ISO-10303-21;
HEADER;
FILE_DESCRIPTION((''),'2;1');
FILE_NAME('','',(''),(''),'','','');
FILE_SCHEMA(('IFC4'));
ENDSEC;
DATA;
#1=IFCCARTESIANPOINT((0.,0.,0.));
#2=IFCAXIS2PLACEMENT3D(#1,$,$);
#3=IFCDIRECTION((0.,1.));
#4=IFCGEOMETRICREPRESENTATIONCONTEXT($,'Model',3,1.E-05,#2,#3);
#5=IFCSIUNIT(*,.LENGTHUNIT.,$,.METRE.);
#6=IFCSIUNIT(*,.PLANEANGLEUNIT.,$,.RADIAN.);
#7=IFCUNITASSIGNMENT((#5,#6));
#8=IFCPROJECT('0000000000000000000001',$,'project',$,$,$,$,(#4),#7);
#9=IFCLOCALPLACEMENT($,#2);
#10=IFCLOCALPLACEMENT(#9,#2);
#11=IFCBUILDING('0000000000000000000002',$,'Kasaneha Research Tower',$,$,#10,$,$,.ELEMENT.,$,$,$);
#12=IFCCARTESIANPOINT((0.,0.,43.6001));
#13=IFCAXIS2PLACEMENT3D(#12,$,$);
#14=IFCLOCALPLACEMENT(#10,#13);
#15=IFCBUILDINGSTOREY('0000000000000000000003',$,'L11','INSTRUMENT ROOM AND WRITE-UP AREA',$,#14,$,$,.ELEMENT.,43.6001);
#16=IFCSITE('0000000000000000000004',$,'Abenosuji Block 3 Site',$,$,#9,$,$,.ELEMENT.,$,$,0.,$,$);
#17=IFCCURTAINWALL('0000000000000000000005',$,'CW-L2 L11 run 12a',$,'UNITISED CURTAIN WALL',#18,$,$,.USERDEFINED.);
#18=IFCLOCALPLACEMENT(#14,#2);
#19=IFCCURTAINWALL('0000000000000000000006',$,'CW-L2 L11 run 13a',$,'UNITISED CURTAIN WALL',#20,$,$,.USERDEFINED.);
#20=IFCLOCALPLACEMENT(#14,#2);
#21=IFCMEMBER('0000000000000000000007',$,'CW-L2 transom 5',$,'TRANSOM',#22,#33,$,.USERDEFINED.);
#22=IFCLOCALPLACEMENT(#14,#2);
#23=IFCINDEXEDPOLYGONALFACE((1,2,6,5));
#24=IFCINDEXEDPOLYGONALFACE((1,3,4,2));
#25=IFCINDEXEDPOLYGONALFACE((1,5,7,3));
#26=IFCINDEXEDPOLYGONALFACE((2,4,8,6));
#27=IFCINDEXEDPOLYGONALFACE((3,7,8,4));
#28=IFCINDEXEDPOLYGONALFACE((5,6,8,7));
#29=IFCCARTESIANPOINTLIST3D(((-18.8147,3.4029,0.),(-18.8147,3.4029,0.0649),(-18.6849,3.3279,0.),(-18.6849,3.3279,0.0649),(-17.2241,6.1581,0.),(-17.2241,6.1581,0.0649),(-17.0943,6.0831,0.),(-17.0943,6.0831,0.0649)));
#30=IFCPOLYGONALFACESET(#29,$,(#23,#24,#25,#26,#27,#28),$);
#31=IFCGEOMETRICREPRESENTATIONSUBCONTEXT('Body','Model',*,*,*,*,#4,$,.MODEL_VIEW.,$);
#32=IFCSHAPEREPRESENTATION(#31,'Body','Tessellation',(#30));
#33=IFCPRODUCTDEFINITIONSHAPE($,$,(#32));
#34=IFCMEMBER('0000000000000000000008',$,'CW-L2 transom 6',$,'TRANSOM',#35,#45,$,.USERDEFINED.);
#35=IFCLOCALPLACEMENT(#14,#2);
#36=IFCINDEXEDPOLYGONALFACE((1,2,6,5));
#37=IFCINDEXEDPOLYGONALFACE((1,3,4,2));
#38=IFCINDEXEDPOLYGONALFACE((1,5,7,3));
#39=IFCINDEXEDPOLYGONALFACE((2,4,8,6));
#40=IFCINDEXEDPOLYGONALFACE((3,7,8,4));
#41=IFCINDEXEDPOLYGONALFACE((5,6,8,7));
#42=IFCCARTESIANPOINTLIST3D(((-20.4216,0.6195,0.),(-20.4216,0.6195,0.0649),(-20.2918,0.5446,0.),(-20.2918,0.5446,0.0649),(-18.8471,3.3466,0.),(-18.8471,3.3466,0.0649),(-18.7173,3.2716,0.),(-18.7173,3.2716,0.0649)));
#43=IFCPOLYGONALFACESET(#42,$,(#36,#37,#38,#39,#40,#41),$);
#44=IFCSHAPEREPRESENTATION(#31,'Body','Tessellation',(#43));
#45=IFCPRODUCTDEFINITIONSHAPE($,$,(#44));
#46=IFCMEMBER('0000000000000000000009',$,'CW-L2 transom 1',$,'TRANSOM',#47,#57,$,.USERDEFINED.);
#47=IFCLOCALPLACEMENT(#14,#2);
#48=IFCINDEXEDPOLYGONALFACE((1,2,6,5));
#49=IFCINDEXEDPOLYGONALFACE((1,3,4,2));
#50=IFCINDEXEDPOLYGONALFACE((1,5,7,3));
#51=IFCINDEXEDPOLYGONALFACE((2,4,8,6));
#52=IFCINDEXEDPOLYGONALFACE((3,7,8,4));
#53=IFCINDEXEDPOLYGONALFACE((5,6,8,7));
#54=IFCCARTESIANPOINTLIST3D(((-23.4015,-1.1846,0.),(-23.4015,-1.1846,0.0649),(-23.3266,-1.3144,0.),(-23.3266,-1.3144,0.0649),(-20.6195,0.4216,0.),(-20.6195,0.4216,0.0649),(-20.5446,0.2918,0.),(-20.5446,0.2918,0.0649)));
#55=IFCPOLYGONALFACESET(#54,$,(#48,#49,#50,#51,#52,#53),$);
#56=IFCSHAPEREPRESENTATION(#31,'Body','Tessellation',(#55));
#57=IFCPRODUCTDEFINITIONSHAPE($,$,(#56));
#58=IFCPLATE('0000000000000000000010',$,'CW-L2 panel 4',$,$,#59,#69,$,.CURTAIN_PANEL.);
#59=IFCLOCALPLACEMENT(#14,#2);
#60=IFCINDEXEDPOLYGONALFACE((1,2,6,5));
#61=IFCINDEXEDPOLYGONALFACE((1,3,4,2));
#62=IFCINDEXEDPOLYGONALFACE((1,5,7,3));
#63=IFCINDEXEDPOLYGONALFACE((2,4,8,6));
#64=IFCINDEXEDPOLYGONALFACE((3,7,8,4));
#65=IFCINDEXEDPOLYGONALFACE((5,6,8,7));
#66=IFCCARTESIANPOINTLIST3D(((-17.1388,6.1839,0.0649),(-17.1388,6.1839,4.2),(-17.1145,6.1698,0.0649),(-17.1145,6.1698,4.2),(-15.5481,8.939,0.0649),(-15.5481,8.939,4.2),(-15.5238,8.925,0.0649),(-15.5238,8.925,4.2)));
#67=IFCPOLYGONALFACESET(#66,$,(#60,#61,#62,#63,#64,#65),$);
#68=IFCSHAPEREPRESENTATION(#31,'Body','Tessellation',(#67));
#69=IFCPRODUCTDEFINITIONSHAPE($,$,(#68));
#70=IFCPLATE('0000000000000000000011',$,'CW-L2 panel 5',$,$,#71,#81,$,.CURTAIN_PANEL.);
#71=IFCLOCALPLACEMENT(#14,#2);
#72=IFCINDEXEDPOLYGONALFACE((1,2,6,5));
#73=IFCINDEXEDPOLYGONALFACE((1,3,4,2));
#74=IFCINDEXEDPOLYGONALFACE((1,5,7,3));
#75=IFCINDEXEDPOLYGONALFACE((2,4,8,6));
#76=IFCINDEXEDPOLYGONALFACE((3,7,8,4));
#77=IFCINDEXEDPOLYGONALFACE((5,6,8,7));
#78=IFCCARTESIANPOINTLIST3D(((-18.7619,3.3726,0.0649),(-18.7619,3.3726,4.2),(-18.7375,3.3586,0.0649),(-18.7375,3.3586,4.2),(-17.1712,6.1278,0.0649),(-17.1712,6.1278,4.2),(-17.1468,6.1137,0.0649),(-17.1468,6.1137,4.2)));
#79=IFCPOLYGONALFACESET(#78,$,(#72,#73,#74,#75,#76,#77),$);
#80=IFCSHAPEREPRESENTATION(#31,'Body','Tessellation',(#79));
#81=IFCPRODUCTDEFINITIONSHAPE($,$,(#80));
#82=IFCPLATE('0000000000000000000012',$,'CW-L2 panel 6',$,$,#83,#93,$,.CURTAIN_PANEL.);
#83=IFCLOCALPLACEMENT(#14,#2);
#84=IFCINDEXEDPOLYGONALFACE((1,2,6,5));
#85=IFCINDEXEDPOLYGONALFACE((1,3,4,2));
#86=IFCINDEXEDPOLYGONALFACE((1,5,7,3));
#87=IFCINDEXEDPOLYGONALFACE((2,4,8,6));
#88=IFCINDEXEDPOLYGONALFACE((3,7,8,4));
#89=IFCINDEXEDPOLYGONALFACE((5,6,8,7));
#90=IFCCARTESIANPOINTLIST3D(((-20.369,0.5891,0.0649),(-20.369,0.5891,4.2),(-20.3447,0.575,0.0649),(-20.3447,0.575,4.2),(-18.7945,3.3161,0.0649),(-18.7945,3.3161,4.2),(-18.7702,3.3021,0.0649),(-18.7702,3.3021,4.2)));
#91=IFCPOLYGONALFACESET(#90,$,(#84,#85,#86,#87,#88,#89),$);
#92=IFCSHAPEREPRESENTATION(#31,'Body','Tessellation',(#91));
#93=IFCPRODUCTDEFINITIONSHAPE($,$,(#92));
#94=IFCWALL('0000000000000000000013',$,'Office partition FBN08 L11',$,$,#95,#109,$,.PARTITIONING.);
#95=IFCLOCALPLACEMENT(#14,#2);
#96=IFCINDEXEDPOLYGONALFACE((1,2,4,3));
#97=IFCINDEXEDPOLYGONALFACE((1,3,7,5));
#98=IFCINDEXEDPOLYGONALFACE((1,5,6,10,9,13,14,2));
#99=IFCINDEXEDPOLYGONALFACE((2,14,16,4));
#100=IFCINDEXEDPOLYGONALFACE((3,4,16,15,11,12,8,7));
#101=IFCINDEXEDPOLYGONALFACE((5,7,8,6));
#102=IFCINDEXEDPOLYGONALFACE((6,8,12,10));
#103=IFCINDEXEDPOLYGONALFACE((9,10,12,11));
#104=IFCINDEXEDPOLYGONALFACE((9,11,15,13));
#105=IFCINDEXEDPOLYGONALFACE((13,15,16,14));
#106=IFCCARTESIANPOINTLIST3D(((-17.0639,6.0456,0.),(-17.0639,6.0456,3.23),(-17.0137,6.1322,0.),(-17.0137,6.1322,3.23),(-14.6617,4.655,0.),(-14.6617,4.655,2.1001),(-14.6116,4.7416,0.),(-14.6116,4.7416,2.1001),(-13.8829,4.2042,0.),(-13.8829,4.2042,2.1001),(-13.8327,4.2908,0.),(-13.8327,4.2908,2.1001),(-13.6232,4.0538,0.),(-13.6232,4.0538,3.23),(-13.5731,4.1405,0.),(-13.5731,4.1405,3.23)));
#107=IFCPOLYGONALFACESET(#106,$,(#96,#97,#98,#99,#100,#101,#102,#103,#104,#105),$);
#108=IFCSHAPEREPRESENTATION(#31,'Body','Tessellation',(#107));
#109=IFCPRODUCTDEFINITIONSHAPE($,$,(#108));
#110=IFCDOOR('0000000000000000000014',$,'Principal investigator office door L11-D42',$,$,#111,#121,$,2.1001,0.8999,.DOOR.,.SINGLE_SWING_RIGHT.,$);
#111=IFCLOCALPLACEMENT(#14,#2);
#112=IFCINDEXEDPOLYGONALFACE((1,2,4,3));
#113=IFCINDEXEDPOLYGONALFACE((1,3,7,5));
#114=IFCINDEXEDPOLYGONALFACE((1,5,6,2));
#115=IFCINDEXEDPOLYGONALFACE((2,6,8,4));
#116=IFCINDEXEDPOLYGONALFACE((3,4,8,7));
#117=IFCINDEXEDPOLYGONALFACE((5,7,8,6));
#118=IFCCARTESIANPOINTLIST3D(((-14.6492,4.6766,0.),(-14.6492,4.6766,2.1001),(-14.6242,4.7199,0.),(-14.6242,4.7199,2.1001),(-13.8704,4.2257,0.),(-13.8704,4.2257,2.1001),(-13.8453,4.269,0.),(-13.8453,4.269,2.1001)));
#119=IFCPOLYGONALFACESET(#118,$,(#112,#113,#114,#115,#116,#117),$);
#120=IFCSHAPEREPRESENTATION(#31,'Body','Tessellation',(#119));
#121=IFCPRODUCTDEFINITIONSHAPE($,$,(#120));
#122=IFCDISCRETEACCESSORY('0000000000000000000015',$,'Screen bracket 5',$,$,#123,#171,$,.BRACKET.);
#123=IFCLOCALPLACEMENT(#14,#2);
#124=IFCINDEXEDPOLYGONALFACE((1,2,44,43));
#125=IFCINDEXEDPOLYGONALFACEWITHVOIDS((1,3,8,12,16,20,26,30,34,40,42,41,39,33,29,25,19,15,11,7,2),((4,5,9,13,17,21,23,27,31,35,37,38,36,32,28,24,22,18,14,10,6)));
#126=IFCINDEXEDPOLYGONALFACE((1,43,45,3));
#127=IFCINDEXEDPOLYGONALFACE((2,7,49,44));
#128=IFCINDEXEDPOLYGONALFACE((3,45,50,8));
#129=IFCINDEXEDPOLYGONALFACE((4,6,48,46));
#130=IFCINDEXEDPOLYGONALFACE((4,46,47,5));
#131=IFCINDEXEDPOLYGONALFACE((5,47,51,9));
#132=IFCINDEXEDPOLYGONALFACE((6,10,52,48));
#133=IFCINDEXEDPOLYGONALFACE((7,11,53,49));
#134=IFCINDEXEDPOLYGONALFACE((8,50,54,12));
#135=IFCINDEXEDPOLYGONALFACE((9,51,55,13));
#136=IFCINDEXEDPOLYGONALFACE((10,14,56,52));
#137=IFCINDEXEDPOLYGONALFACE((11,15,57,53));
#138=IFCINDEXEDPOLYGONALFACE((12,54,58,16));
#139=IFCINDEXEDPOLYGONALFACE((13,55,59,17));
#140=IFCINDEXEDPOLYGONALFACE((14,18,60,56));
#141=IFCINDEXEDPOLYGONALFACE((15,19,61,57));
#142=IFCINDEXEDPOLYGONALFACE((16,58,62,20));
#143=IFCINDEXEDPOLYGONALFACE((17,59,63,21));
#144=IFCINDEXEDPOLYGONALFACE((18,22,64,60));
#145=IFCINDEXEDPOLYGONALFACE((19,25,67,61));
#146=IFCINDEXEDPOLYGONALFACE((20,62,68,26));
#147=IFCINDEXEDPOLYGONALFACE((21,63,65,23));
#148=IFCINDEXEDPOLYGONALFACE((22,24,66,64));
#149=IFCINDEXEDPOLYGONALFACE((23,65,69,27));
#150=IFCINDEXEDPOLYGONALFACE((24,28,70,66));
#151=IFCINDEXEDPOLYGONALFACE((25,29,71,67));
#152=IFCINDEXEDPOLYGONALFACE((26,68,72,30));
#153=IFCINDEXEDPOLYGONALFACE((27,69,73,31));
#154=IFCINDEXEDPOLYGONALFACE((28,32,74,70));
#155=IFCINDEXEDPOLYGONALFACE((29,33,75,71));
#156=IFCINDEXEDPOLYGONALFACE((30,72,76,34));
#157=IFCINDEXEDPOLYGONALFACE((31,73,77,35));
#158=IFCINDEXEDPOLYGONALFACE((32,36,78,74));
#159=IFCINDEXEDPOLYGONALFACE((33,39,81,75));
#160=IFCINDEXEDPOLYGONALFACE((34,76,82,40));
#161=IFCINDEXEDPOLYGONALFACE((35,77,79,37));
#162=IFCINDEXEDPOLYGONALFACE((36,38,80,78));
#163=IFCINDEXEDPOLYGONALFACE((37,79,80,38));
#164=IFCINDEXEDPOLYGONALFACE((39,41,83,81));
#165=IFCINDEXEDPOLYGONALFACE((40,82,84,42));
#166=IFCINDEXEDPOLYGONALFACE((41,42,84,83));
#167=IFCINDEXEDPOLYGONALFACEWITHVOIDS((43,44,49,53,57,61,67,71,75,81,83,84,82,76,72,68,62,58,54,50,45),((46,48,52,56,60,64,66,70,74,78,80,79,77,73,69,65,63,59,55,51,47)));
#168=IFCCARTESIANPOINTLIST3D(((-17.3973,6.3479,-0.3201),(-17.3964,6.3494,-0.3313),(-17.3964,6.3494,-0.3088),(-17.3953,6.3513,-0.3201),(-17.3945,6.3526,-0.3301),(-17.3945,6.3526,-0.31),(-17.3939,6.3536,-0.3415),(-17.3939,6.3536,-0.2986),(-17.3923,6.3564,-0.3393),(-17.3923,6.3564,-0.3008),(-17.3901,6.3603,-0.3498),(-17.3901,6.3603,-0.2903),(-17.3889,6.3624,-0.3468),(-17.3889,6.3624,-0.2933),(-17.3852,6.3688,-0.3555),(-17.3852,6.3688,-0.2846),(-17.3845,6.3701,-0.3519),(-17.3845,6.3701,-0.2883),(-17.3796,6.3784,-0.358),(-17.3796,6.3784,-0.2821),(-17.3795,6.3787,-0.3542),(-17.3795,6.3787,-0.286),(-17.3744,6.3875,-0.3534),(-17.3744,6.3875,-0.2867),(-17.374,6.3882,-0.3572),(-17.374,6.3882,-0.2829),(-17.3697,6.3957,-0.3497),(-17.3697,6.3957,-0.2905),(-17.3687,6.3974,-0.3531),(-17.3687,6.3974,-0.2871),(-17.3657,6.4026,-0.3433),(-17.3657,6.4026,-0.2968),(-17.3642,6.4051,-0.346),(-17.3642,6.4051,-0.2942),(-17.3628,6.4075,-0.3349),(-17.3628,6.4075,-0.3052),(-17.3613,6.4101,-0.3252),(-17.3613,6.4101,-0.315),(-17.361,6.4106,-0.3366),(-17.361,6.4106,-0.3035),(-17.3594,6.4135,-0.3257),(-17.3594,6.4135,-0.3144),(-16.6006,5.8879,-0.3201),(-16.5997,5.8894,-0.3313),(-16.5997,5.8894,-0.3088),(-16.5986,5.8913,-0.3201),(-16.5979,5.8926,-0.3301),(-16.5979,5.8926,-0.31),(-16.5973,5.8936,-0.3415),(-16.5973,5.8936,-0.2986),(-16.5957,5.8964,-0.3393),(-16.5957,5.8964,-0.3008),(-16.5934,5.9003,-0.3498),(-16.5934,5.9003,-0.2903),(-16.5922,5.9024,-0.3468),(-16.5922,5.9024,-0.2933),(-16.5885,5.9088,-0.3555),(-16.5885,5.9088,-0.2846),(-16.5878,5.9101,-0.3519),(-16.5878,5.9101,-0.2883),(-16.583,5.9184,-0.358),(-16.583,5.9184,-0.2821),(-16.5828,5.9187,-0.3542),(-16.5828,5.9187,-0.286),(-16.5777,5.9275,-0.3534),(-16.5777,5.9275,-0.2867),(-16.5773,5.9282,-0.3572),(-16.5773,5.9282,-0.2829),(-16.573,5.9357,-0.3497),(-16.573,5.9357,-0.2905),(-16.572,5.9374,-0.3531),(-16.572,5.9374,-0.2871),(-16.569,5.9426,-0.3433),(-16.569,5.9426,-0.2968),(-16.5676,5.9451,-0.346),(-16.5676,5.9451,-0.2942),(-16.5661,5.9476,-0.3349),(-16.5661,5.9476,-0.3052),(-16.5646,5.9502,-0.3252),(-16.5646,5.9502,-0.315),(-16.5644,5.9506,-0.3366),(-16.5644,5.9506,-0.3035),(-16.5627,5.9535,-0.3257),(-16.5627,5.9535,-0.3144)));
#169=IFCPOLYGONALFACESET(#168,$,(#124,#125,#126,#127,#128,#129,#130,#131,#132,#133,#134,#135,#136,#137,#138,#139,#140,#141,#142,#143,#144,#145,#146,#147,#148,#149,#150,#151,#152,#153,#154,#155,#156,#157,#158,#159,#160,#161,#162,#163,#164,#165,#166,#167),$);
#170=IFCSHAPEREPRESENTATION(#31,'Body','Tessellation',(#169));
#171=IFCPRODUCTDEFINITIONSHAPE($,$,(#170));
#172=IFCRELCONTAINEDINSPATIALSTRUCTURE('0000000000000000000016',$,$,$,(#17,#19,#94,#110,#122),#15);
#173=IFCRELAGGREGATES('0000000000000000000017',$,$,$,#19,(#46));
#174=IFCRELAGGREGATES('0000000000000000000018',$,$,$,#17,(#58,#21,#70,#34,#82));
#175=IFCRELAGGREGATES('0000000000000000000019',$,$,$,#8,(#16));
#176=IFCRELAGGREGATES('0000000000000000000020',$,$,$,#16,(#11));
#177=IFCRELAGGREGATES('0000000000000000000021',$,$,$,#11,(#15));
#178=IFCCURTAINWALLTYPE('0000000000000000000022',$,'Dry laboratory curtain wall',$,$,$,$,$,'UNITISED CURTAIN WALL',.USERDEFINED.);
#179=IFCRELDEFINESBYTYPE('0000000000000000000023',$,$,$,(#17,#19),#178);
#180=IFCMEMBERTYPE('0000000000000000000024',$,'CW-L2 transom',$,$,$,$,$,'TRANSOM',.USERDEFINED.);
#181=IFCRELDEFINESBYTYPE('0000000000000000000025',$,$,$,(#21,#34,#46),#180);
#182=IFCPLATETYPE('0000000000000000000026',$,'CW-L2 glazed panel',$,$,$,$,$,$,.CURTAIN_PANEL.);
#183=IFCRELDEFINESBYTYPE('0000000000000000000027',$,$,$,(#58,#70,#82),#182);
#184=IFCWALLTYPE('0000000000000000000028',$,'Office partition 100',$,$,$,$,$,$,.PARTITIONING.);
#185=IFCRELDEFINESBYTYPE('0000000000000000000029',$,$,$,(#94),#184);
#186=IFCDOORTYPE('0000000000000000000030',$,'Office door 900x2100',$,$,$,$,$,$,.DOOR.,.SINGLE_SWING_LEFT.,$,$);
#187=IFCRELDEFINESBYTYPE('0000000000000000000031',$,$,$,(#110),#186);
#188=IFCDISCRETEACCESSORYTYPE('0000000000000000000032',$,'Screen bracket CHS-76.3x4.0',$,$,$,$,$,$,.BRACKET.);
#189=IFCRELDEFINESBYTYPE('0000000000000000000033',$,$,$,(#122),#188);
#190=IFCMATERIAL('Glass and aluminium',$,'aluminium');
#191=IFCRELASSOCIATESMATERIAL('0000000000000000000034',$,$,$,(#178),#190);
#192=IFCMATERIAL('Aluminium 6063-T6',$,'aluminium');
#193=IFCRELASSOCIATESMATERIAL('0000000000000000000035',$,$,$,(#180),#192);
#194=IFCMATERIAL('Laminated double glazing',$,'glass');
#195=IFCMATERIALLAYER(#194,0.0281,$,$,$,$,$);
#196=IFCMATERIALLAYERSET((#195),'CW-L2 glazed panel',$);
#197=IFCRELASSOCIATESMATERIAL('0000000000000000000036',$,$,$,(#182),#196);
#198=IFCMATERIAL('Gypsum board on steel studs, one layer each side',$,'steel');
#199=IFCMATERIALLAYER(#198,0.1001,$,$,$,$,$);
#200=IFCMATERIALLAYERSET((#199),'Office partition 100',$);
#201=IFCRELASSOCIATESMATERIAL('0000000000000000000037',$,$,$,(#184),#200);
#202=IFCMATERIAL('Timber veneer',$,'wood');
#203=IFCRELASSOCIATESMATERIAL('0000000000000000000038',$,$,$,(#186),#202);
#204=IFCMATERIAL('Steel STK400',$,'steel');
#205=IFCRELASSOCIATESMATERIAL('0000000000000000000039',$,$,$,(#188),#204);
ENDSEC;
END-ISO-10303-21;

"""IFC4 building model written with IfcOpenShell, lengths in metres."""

from ifc_helpers import new_model, si_unit, direction, frame, frame_2d, origin, origin_2d, place, context, subcontext, project, spatial, rectangle, hollow_circle, extrude, material, layer, layer_set, material_profile, profile_set, type_object, element, fill, aggregate, save


model = new_model("IFC4")

# Units and contexts
model_context = context("Model", 3, precision=1e-05, world=origin(), true_north=direction((0.0, 1.0)))
body_context = subcontext(model_context, "Body", "Model", "MODEL_VIEW")
ifc_project = project(units=[si_unit("LENGTHUNIT", "METRE"), si_unit("PLANEANGLEUNIT", "RADIAN")], contexts=[model_context])

# Site, building, storey
site_placement = place(None, origin())
site = spatial("IfcSite", under=ifc_project, at=site_placement, Name="Abenosuji Block 3 Site", CompositionType="ELEMENT", RefElevation=0.0)
building_placement = place(site_placement, origin())
building = spatial("IfcBuilding", under=site, at=building_placement, Name="Kasaneha Research Tower", CompositionType="ELEMENT")
storey_placement = place(building_placement, frame((0.0, 0.0, 43.6001)))
storey = spatial("IfcBuildingStorey", under=building, at=storey_placement, Name="L11", Description="INSTRUMENT ROOM AND WRITE-UP AREA", CompositionType="ELEMENT", Elevation=43.6001)

# Curtain wall
ifc_material_1 = material(Name="Glass and aluminium", Category="aluminium")
curtain_wall_type = type_object("IfcCurtainWallType", Name="Dry laboratory curtain wall", ElementType="UNITISED CURTAIN WALL", PredefinedType="USERDEFINED", material=ifc_material_1)
curtain_wall_1_placement = place(storey_placement, origin())
curtain_wall_1 = element("IfcCurtainWall", 1, at=curtain_wall_1_placement, inside=storey, type_object=curtain_wall_type, Name="CW-L2 L11 run 12a", ObjectType="UNITISED CURTAIN WALL", PredefinedType="USERDEFINED")

# Curtain wall
curtain_wall_2_placement = place(storey_placement, origin())
curtain_wall_2 = element("IfcCurtainWall", 2, at=curtain_wall_2_placement, inside=storey, type_object=curtain_wall_type, Name="CW-L2 L11 run 13a", ObjectType="UNITISED CURTAIN WALL", PredefinedType="USERDEFINED")

# Members
ifc_material_2 = material(Name="Aluminium 6063-T6", Category="aluminium")
ifc_material_profile_1 = material_profile(ifc_material_2, rectangle(XDim=0.1499, YDim=0.0649, at=origin_2d()), Name="CW-L2 transom 150x65")
ifc_profile_set_1 = profile_set([ifc_material_profile_1], Name="Aluminium 6063-T6")
member_type_1 = type_object("IfcMemberType", Name="CW-L2 transom", ElementType="TRANSOM", PredefinedType="USERDEFINED", material=ifc_profile_set_1)
member_1_placement = place(storey_placement, frame((-17.1592, 6.1206, 0.0325), z_axis=(-0.499977, -0.866039, 0.0), x_axis=(0.866039, -0.499977, 0.0)))
member_1 = element("IfcMember", 3, at=member_1_placement, type_object=member_type_1, Name="CW-L2 transom 5", ObjectType="TRANSOM", PredefinedType="USERDEFINED", context=body_context, shape_type="SweptSolid", body=[
    extrude(rectangle(XDim=0.1499, YDim=0.0649, at=origin_2d()), origin(), (0.0, 0.0, 1.0), 3.1814),
])
member_2_placement = place(storey_placement, frame((-18.7822, 3.3091, 0.0325), z_axis=(-0.5, -0.866025, 0.0), x_axis=(0.866025, -0.5, 0.0)))
member_2 = element("IfcMember", 4, at=member_2_placement, type_object=member_type_1, Name="CW-L2 transom 6", ObjectType="TRANSOM", PredefinedType="USERDEFINED", context=body_context, shape_type="SweptSolid", body=[
    extrude(rectangle(XDim=0.1499, YDim=0.0649, at=origin_2d()), origin(), (0.0, 0.0, 1.0), 3.1489),
])
member_3_placement = place(storey_placement, frame((-20.582, 0.3567, 0.0325), z_axis=(-0.866022, -0.500005, 0.0), x_axis=(0.500005, -0.866022, 0.0)))
member_3 = element("IfcMember", 5, at=member_3_placement, type_object=member_type_1, Name="CW-L2 transom 1", ObjectType="TRANSOM", PredefinedType="USERDEFINED", context=body_context, shape_type="SweptSolid", body=[
    extrude(rectangle(XDim=0.1499, YDim=0.0649, at=origin_2d()), origin(), (0.0, 0.0, 1.0), 3.2124),
])
aggregate(curtain_wall_2, [member_3])

# Plates
ifc_material_3 = material(Name="Laminated double glazing", Category="glass")
ifc_layer_1 = layer(ifc_material_3, 0.0281)
ifc_layer_set_1 = layer_set([ifc_layer_1], Name="CW-L2 glazed panel")
plate_type = type_object("IfcPlateType", Name="CW-L2 glazed panel", PredefinedType="CURTAIN_PANEL", material=ifc_layer_set_1)
plate_1_placement = place(storey_placement, frame((-16.3313, 7.5544, 0.0649), z_axis=(0.0, 0.0, 1.0), x_axis=(-0.5, -0.866025, 0.0)))
plate_1 = element("IfcPlate", 6, at=plate_1_placement, type_object=plate_type, Name="CW-L2 panel 4", PredefinedType="CURTAIN_PANEL", context=body_context, shape_type="SweptSolid", body=[
    extrude(rectangle(XDim=3.1814, YDim=0.0281, at=origin_2d()), origin(), (0.0, 0.0, 1.0), 4.135),
])
plate_2_placement = place(storey_placement, frame((-17.9543, 4.7432, 0.0649), z_axis=(0.0, 0.0, 1.0), x_axis=(-0.5, -0.866025, 0.0)))
plate_2 = element("IfcPlate", 7, at=plate_2_placement, type_object=plate_type, Name="CW-L2 panel 5", PredefinedType="CURTAIN_PANEL", context=body_context, shape_type="SweptSolid", body=[
    extrude(rectangle(XDim=3.1814, YDim=0.0281, at=origin_2d()), origin(), (0.0, 0.0, 1.0), 4.135),
])
plate_3_placement = place(storey_placement, frame((-19.5696, 1.9456, 0.0649), z_axis=(0.0, 0.0, 1.0), x_axis=(-0.5, -0.866025, 0.0)))
plate_3 = element("IfcPlate", 8, at=plate_3_placement, type_object=plate_type, Name="CW-L2 panel 6", PredefinedType="CURTAIN_PANEL", context=body_context, shape_type="SweptSolid", body=[
    extrude(rectangle(XDim=3.1489, YDim=0.0281, at=origin_2d()), origin(), (0.0, 0.0, 1.0), 4.135),
])
aggregate(curtain_wall_1, [plate_1, member_1, plate_2, member_2, plate_3])

# Wall, opening, door
ifc_material_4 = material(Name="Gypsum board on steel studs, one layer each side", Category="steel")
ifc_layer_2 = layer(ifc_material_4, 0.1001)
ifc_layer_set_2 = layer_set([ifc_layer_2], Name="Office partition 100")
wall_type = type_object("IfcWallType", Name="Office partition 100", PredefinedType="PARTITIONING", material=ifc_layer_set_2)
wall_placement = place(storey_placement, frame((-17.0388, 6.0889, 0.0), z_axis=(0.0, 0.0, 1.0), x_axis=(0.865456, -0.500985, 0.0)))
wall = element("IfcWall", 9, at=wall_placement, inside=storey, type_object=wall_type, Name="Office partition FBN08 L11", PredefinedType="PARTITIONING", context=body_context, shape_type="SweptSolid", body=[
    extrude(rectangle(XDim=3.9756, YDim=0.1001, at=frame_2d((1.9878, 0.0))), origin(), (0.0, 0.0, 1.0), 3.23),
])
opening_placement = place(wall_placement, frame((2.7756, 0.0, 0.0)))
opening = element("IfcOpeningElement", 10, at=opening_placement, cuts=wall, PredefinedType="OPENING", context=body_context, shape_type="SweptSolid", body=[
    extrude(rectangle(XDim=0.8999, YDim=2.1001, at=frame_2d((0.45, 1.05))), frame((0.0, 0.0601, 0.0), z_axis=(0.0, -1.0, 0.0), x_axis=(1.0, 0.0, 0.0)), (0.0, 0.0, 1.0), 0.1201),
])
ifc_material_5 = material(Name="Timber veneer", Category="wood")
door_type = type_object("IfcDoorType", Name="Office door 900x2100", OperationType="SINGLE_SWING_LEFT", PredefinedType="DOOR", material=ifc_material_5)
door_placement = place(opening_placement, origin())
door = element("IfcDoor", 11, at=door_placement, inside=storey, type_object=door_type, Name="Principal investigator office door L11-D42", OperationType="SINGLE_SWING_RIGHT", OverallHeight=2.1001, OverallWidth=0.8999, PredefinedType="DOOR", context=body_context, shape_type="SweptSolid", body=[
    extrude(rectangle(XDim=0.8999, YDim=2.1001, at=frame_2d((0.45, 1.05))), frame((0.0, 0.0249, 0.0), z_axis=(0.0, -1.0, 0.0), x_axis=(1.0, 0.0, 0.0)), (0.0, 0.0, 1.0), 0.05),
])
fill(opening, door)

# Discrete accessory
ifc_material_6 = material(Name="Steel STK400", Category="steel")
ifc_material_profile_2 = material_profile(ifc_material_6, hollow_circle(Radius=0.0381, WallThickness=0.0039, at=origin_2d()), Name="CHS-76.3x4.0")
ifc_profile_set_2 = profile_set([ifc_material_profile_2], Name="Steel STK400")
discrete_accessory_type = type_object("IfcDiscreteAccessoryType", Name="Screen bracket CHS-76.3x4.0", PredefinedType="BRACKET", material=ifc_profile_set_2)
for number, where, z_axis, x_axis, name in (
    (12, (-16.5815, 5.9209, -0.3201), (-0.866013, 0.500021, 0.0), (-0.500021, -0.866013, 0.0), "Screen bracket 5"),
):
    element("IfcDiscreteAccessory", number, at=place(storey_placement, frame(where, z_axis=z_axis, x_axis=x_axis)), inside=storey, type_object=discrete_accessory_type, Name=name, PredefinedType="BRACKET", context=body_context, shape_type="SweptSolid", body=[
        extrude(hollow_circle(Radius=0.0381, WallThickness=0.0039, at=origin_2d()), origin(), (0.0, 0.0, 1.0), 0.9199),
    ])

save(model, "model.ifc")
